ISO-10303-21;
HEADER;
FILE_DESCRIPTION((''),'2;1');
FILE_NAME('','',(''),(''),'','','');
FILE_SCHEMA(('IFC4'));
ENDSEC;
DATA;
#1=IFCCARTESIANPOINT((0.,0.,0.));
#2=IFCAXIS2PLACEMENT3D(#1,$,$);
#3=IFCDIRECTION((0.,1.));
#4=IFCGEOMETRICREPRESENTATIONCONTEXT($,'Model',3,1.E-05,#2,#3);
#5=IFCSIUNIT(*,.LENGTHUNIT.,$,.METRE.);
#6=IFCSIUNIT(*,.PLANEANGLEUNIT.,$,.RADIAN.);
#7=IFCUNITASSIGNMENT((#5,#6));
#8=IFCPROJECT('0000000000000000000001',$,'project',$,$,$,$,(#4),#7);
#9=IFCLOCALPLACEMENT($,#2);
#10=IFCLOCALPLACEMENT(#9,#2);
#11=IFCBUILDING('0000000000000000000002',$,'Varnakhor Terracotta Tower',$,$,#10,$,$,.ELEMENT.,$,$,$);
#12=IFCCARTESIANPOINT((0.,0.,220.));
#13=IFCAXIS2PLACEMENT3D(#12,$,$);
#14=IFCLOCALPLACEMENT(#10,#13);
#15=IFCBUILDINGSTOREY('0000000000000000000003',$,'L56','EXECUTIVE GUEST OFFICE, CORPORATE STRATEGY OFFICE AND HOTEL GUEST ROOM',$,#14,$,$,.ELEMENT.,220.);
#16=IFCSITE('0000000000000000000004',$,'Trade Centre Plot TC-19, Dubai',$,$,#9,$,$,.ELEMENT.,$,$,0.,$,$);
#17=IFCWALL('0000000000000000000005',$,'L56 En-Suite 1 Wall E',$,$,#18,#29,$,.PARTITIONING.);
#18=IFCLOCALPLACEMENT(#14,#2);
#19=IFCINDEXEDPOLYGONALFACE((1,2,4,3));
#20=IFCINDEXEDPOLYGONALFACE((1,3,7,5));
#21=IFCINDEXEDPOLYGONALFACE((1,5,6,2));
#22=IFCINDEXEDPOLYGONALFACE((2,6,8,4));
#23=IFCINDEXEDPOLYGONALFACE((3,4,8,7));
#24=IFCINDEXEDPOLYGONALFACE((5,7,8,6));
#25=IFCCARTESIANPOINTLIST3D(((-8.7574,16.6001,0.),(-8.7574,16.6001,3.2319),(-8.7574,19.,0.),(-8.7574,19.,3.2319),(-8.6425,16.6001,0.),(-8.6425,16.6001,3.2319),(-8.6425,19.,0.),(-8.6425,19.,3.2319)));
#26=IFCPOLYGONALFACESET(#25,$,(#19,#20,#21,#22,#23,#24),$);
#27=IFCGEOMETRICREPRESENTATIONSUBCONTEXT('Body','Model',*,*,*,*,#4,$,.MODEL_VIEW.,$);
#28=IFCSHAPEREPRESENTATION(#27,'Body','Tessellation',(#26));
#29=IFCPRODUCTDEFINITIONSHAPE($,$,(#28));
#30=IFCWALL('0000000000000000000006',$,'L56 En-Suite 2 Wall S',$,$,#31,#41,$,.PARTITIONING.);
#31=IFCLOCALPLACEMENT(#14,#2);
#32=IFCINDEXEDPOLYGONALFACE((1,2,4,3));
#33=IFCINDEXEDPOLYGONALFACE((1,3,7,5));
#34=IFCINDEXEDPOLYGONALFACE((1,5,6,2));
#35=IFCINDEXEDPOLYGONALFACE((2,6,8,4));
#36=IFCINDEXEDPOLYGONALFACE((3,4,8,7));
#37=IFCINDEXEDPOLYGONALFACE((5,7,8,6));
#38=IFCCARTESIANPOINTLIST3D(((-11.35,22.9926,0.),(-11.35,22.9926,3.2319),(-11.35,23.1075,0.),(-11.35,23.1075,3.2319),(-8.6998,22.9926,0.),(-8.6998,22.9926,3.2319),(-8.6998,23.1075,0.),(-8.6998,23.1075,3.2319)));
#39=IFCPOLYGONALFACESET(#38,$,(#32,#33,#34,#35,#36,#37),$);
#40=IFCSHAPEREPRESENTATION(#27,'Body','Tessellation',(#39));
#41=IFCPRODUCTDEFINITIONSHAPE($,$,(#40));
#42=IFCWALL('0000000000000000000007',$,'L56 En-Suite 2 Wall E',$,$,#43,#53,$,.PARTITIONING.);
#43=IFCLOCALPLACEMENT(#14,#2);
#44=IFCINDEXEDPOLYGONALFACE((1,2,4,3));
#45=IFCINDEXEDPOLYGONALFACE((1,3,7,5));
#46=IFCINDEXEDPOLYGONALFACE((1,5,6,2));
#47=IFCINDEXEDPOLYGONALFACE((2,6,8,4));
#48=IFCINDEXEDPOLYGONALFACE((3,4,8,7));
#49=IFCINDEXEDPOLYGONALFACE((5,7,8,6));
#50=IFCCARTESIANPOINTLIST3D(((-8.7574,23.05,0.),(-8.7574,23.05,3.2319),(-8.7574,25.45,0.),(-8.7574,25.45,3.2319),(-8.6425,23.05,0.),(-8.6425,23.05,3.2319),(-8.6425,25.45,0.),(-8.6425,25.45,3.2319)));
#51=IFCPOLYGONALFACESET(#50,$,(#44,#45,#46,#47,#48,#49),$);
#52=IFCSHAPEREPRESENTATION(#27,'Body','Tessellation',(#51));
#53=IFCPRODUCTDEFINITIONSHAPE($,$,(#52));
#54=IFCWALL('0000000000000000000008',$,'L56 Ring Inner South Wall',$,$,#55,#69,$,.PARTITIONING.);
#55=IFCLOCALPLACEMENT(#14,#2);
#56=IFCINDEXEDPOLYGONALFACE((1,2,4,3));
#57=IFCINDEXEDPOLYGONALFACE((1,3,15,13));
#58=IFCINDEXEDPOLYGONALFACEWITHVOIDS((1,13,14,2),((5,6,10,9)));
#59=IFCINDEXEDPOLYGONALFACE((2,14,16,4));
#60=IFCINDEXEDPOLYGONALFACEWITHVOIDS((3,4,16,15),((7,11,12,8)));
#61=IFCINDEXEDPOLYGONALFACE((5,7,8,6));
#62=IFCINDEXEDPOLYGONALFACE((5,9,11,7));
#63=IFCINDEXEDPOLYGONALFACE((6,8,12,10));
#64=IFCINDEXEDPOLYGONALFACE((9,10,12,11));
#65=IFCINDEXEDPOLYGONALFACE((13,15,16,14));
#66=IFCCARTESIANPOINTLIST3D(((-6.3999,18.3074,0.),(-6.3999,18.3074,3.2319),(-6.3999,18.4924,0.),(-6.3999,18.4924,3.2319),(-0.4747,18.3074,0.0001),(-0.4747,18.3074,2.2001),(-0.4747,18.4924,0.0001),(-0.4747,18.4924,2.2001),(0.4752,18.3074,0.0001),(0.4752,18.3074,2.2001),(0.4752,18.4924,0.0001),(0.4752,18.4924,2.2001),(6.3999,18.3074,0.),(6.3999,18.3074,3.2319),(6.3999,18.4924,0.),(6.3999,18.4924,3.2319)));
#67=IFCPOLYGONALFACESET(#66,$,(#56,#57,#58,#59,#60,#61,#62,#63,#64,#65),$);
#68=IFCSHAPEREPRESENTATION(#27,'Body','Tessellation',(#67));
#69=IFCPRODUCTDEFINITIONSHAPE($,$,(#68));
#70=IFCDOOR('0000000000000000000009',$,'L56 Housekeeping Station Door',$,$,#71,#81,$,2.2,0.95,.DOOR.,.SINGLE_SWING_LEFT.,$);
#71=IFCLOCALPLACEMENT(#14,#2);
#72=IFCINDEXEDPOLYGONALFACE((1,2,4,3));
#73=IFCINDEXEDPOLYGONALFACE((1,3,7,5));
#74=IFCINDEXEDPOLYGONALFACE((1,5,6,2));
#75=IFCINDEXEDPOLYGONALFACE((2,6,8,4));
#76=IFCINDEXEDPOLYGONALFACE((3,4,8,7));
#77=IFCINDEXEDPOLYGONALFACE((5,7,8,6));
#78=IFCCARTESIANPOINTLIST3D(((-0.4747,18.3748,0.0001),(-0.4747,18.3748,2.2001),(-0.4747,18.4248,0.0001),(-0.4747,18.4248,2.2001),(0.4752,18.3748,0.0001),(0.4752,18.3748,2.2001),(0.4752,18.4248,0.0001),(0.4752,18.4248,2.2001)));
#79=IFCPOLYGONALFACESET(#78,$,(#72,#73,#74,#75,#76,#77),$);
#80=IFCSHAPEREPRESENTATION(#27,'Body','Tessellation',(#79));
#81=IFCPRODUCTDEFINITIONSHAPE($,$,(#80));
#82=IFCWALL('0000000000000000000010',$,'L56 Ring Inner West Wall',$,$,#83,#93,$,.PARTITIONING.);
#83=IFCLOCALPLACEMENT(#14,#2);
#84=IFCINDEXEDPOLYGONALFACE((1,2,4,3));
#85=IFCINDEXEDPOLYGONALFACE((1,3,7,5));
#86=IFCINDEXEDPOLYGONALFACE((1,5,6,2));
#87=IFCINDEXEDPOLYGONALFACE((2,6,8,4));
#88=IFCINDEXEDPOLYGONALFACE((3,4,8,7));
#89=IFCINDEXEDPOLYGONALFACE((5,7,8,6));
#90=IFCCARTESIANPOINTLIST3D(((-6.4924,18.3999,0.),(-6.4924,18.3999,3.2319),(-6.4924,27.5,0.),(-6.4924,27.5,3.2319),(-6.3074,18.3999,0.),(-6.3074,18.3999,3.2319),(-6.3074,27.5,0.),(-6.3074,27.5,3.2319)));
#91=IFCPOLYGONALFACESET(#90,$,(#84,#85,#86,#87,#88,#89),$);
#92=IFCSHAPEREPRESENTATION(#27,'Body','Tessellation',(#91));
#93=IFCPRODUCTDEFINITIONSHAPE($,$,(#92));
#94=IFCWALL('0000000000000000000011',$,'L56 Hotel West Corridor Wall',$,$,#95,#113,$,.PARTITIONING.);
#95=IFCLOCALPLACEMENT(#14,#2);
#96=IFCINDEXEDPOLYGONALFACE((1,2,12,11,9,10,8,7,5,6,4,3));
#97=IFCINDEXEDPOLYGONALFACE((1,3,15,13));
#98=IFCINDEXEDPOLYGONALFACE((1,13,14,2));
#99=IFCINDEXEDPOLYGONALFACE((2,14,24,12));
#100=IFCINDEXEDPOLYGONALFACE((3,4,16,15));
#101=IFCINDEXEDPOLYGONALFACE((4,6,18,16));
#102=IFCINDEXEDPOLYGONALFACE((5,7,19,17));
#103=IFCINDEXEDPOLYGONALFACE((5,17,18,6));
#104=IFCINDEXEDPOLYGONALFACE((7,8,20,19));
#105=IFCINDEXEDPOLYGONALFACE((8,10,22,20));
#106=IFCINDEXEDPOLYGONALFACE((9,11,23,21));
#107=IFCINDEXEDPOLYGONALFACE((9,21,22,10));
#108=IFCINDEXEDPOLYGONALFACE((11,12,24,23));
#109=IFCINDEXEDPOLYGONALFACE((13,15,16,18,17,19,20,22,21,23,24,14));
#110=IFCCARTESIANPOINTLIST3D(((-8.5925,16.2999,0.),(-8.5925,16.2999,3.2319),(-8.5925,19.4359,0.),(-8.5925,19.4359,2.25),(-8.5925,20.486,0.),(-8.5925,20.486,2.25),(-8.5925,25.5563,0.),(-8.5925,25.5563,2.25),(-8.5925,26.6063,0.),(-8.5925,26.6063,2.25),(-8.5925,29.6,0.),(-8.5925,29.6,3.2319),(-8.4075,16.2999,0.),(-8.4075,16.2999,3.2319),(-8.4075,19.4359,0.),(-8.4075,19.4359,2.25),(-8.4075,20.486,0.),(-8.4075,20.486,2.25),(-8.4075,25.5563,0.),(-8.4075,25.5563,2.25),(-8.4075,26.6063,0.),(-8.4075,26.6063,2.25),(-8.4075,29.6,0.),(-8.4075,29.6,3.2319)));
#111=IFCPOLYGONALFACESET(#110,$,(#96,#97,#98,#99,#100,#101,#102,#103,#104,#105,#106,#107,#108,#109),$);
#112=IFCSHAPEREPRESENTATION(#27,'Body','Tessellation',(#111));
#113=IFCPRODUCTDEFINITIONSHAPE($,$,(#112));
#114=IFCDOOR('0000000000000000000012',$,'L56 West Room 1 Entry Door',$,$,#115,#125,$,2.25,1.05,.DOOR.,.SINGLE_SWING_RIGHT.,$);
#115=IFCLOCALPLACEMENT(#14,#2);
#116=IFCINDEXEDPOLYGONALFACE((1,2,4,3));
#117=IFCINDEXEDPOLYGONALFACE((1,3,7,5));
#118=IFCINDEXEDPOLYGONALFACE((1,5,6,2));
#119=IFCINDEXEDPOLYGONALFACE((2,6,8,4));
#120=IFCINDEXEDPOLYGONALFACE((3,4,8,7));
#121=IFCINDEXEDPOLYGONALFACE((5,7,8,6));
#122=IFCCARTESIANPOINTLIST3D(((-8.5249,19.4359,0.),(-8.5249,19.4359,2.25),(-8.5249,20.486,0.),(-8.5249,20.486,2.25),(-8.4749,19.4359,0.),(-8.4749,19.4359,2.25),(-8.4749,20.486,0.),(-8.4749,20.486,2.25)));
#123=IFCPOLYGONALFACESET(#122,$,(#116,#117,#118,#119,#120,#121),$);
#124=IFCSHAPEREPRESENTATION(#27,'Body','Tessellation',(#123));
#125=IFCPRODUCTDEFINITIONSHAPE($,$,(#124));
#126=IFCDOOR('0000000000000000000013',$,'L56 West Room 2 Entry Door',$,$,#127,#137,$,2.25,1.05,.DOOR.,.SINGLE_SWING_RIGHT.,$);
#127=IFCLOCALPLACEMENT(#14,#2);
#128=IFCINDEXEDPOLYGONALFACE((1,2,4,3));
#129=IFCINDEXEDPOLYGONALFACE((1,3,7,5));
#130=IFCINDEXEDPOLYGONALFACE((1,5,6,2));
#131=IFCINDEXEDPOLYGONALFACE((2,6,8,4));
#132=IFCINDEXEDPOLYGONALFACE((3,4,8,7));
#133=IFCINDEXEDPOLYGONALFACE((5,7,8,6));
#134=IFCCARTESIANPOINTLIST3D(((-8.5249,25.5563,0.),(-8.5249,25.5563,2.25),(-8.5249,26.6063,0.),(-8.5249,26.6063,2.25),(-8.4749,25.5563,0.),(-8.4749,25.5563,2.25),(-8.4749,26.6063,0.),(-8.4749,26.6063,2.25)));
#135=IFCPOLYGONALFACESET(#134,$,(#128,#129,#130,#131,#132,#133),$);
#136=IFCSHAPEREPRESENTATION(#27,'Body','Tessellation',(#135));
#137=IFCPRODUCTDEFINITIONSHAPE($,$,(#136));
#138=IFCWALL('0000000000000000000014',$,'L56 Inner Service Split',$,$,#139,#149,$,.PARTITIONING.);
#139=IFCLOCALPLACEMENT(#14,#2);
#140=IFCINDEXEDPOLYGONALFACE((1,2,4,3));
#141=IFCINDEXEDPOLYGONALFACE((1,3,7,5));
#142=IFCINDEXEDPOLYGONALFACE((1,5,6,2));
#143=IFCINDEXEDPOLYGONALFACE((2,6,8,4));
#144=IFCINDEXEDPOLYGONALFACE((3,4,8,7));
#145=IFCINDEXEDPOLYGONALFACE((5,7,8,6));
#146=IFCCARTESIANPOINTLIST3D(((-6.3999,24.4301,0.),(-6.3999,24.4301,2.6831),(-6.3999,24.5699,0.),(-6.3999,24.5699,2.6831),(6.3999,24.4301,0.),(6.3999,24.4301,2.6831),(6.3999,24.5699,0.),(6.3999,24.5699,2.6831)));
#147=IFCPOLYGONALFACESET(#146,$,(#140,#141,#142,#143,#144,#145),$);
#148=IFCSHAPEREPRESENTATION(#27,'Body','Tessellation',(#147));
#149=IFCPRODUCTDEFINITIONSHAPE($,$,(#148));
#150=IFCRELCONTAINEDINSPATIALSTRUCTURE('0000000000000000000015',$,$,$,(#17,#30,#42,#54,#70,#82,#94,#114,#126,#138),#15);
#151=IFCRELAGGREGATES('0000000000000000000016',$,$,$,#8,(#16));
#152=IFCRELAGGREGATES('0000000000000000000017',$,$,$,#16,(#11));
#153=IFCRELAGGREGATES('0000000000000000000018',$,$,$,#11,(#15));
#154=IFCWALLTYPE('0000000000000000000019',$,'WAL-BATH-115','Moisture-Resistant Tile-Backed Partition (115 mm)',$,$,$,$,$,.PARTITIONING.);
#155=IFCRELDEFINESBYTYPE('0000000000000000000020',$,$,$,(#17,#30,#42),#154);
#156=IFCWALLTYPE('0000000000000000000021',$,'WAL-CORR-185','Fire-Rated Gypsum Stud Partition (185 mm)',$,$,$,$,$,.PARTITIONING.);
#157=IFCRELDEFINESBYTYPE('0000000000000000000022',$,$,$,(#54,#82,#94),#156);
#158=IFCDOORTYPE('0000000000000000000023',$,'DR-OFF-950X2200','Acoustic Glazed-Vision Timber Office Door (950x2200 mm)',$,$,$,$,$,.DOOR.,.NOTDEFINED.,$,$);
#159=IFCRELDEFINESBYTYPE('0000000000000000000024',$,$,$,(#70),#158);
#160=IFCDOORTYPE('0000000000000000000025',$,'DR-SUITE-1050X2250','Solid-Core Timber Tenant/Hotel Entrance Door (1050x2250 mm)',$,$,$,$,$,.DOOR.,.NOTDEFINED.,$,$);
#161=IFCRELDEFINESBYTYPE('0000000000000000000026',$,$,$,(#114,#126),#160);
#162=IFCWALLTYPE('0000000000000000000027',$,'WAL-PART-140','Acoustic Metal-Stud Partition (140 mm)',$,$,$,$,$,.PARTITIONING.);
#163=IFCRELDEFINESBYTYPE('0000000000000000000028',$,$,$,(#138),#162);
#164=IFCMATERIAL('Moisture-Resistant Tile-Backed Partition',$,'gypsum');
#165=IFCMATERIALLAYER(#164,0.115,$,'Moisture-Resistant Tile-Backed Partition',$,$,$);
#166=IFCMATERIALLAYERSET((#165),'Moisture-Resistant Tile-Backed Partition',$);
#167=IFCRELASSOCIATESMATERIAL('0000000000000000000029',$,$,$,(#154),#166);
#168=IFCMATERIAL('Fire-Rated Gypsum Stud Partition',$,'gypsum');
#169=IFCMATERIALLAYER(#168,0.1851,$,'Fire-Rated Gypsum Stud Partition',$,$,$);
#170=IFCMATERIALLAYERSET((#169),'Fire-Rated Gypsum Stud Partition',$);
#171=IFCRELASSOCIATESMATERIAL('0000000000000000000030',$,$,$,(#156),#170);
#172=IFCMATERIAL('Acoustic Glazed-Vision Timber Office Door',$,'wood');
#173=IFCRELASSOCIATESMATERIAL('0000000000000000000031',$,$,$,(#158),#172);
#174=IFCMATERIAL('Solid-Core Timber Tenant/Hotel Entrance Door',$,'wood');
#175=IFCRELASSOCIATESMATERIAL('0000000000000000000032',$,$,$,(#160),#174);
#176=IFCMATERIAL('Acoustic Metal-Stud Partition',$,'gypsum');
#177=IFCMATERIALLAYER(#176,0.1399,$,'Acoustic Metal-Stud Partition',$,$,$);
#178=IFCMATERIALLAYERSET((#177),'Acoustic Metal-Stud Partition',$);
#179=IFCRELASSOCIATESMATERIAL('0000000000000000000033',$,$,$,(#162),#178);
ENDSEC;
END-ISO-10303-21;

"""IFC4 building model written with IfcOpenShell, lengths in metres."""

from ifc_helpers import new_model, si_unit, direction, frame, frame_2d, origin, place, context, subcontext, project, spatial, rectangle, extrude, source, transform, mapped, material, layer, layer_set, type_object, type_shapes, element, fill, save


model = new_model("IFC4")

# Units and contexts
model_context = context("Model", 3, precision=1e-05, world=origin(), true_north=direction((0.0, 1.0)))
body_context = subcontext(model_context, "Body", "Model", "MODEL_VIEW")
ifc_project = project(units=[si_unit("LENGTHUNIT", "METRE"), si_unit("PLANEANGLEUNIT", "RADIAN")], contexts=[model_context])

# Site, building, storey
site_placement = place(None, origin())
site = spatial("IfcSite", under=ifc_project, at=site_placement, Name="Trade Centre Plot TC-19, Dubai", CompositionType="ELEMENT", RefElevation=0.0)
building_placement = place(site_placement, origin())
building = spatial("IfcBuilding", under=site, at=building_placement, Name="Varnakhor Terracotta Tower", CompositionType="ELEMENT")
storey_placement = place(building_placement, frame((0.0, 0.0, 220.0)))
storey = spatial("IfcBuildingStorey", under=building, at=storey_placement, Name="L56", Description="EXECUTIVE GUEST OFFICE, CORPORATE STRATEGY OFFICE AND HOTEL GUEST ROOM", CompositionType="ELEMENT", Elevation=220.0)

# Walls
ifc_material_1 = material(Name="Moisture-Resistant Tile-Backed Partition", Category="gypsum")
ifc_layer_1 = layer(ifc_material_1, 0.115, Name="Moisture-Resistant Tile-Backed Partition")
ifc_layer_set_1 = layer_set([ifc_layer_1], Name="Moisture-Resistant Tile-Backed Partition")
wall_type_1 = type_object("IfcWallType", Name="WAL-BATH-115", Description="Moisture-Resistant Tile-Backed Partition (115 mm)", PredefinedType="PARTITIONING", material=ifc_layer_set_1)
wall_1_placement = place(storey_placement, frame((-8.7, 16.6001, 0.0), z_axis=(0.0, 0.0, 1.0), x_axis=(0.0, 1.0, 0.0)))
element("IfcWall", 1, at=wall_1_placement, inside=storey, type_object=wall_type_1, Name="L56 En-Suite 1 Wall E", PredefinedType="PARTITIONING", context=body_context, shape_type="SweptSolid", body=[
    extrude(rectangle(XDim=2.3999, YDim=0.115, at=frame_2d((1.2, 0.0))), origin(), (0.0, 0.0, 1.0), 3.2319),
])
wall_2_placement = place(storey_placement, frame((-11.3501, 23.05, 0.0), z_axis=(0.0, 0.0, 1.0), x_axis=(1.0, 0.0, 0.0)))
element("IfcWall", 2, at=wall_2_placement, inside=storey, type_object=wall_type_1, Name="L56 En-Suite 2 Wall S", PredefinedType="PARTITIONING", context=body_context, shape_type="SweptSolid", body=[
    extrude(rectangle(XDim=2.6501, YDim=0.115, at=frame_2d((1.3252, 0.0))), origin(), (0.0, 0.0, 1.0), 3.2319),
])

# Wall
wall_3_placement = place(storey_placement, frame((-8.7, 23.05, 0.0), z_axis=(0.0, 0.0, 1.0), x_axis=(0.0, 1.0, 0.0)))
element("IfcWall", 3, at=wall_3_placement, inside=storey, type_object=wall_type_1, Name="L56 En-Suite 2 Wall E", PredefinedType="PARTITIONING", context=body_context, shape_type="SweptSolid", body=[
    extrude(rectangle(XDim=2.3999, YDim=0.115, at=frame_2d((1.2, 0.0))), origin(), (0.0, 0.0, 1.0), 3.2319),
])

# Wall, opening, door
ifc_material_2 = material(Name="Fire-Rated Gypsum Stud Partition", Category="gypsum")
ifc_layer_2 = layer(ifc_material_2, 0.1851, Name="Fire-Rated Gypsum Stud Partition")
ifc_layer_set_2 = layer_set([ifc_layer_2], Name="Fire-Rated Gypsum Stud Partition")
wall_type_2 = type_object("IfcWallType", Name="WAL-CORR-185", Description="Fire-Rated Gypsum Stud Partition (185 mm)", PredefinedType="PARTITIONING", material=ifc_layer_set_2)
wall_4_placement = place(storey_placement, frame((-6.3999, 18.3999, 0.0), z_axis=(0.0, 0.0, 1.0), x_axis=(1.0, 0.0, 0.0)))
wall_4 = element("IfcWall", 4, at=wall_4_placement, inside=storey, type_object=wall_type_2, Name="L56 Ring Inner South Wall", PredefinedType="PARTITIONING", context=body_context, shape_type="SweptSolid", body=[
    extrude(rectangle(XDim=12.7998, YDim=0.1851, at=frame_2d((6.3999, 0.0))), origin(), (0.0, 0.0, 1.0), 3.2319),
])
opening_1_placement = place(wall_4_placement, frame((5.925, 0.0, 0.0)))
opening_1 = element("IfcOpeningElement", 5, at=opening_1_placement, cuts=wall_4, PredefinedType="OPENING", context=body_context, shape_type="SweptSolid", body=[
    extrude(rectangle(XDim=0.95, YDim=2.2, at=frame_2d((0.4751, 1.1001))), frame((0.0, 0.1025, 0.0), z_axis=(0.0, -1.0, 0.0), x_axis=(1.0, 0.0, 0.0)), (0.0, 0.0, 1.0), 0.2051),
])
ifc_material_3 = material(Name="Acoustic Glazed-Vision Timber Office Door", Category="wood")
door_type_1 = type_object("IfcDoorType", Name="DR-OFF-950X2200", Description="Acoustic Glazed-Vision Timber Office Door (950x2200 mm)", OperationType="NOTDEFINED", PredefinedType="DOOR", material=ifc_material_3)
shared_shape_1 = source(origin(), body_context, "Body", "SweptSolid", [
    extrude(rectangle(XDim=0.95, YDim=2.2, at=frame_2d((0.4751, 1.1001))), frame((0.0, 0.0249, 0.0), z_axis=(0.0, -1.0, 0.0), x_axis=(1.0, 0.0, 0.0)), (0.0, 0.0, 1.0), 0.05),
])
type_shapes(door_type_1, [shared_shape_1])
door_1_placement = place(opening_1_placement, origin())
door_1 = element("IfcDoor", 6, at=door_1_placement, inside=storey, type_object=door_type_1, Name="L56 Housekeeping Station Door", OperationType="SINGLE_SWING_LEFT", OverallHeight=2.2, OverallWidth=0.95, PredefinedType="DOOR", context=body_context, shape_type="MappedRepresentation", body=[
    mapped(shared_shape_1, transform((0.0, 0.0, 0.0), scale=1.0)),
])
fill(opening_1, door_1)

# Wall
wall_5_placement = place(storey_placement, frame((-6.3999, 18.3999, 0.0), z_axis=(0.0, 0.0, 1.0), x_axis=(0.0, 1.0, 0.0)))
element("IfcWall", 7, at=wall_5_placement, inside=storey, type_object=wall_type_2, Name="L56 Ring Inner West Wall", PredefinedType="PARTITIONING", context=body_context, shape_type="SweptSolid", body=[
    extrude(rectangle(XDim=9.1001, YDim=0.1851, at=frame_2d((4.55, 0.0))), origin(), (0.0, 0.0, 1.0), 3.2319),
])

# Wall, openings, doors
wall_6_placement = place(storey_placement, frame((-8.5, 16.3, 0.0), z_axis=(0.0, 0.0, 1.0), x_axis=(0.0, 1.0, 0.0)))
wall_6 = element("IfcWall", 8, at=wall_6_placement, inside=storey, type_object=wall_type_2, Name="L56 Hotel West Corridor Wall", PredefinedType="PARTITIONING", context=body_context, shape_type="SweptSolid", body=[
    extrude(rectangle(XDim=13.3, YDim=0.1851, at=frame_2d((6.6499, 0.0))), origin(), (0.0, 0.0, 1.0), 3.2319),
])
opening_2_placement = place(wall_6_placement, frame((3.136, 0.0, 0.0)))
opening_2 = element("IfcOpeningElement", 9, at=opening_2_placement, cuts=wall_6, PredefinedType="OPENING", context=body_context, shape_type="SweptSolid", body=[
    extrude(rectangle(XDim=1.05, YDim=2.25, at=frame_2d((0.5249, 1.125))), frame((0.0, 0.1025, 0.0), z_axis=(0.0, -1.0, 0.0), x_axis=(1.0, 0.0, 0.0)), (0.0, 0.0, 1.0), 0.2051),
])
opening_3_placement = place(wall_6_placement, frame((9.2563, 0.0, 0.0)))
opening_3 = element("IfcOpeningElement", 10, at=opening_3_placement, cuts=wall_6, PredefinedType="OPENING", context=body_context, shape_type="SweptSolid", body=[
    extrude(rectangle(XDim=1.05, YDim=2.25, at=frame_2d((0.5249, 1.125))), frame((0.0, 0.1025, 0.0), z_axis=(0.0, -1.0, 0.0), x_axis=(1.0, 0.0, 0.0)), (0.0, 0.0, 1.0), 0.2051),
])
ifc_material_4 = material(Name="Solid-Core Timber Tenant/Hotel Entrance Door", Category="wood")
door_type_2 = type_object("IfcDoorType", Name="DR-SUITE-1050X2250", Description="Solid-Core Timber Tenant/Hotel Entrance Door (1050x2250 mm)", OperationType="NOTDEFINED", PredefinedType="DOOR", material=ifc_material_4)
shared_shape_2 = source(origin(), body_context, "Body", "SweptSolid", [
    extrude(rectangle(XDim=1.05, YDim=2.25, at=frame_2d((0.5249, 1.125))), frame((0.0, 0.0249, 0.0), z_axis=(0.0, -1.0, 0.0), x_axis=(1.0, 0.0, 0.0)), (0.0, 0.0, 1.0), 0.05),
])
type_shapes(door_type_2, [shared_shape_2])
door_2_placement = place(opening_2_placement, origin())
door_2 = element("IfcDoor", 11, at=door_2_placement, inside=storey, type_object=door_type_2, Name="L56 West Room 1 Entry Door", OperationType="SINGLE_SWING_RIGHT", OverallHeight=2.25, OverallWidth=1.05, PredefinedType="DOOR", context=body_context, shape_type="MappedRepresentation", body=[
    mapped(shared_shape_2, transform((0.0, 0.0, 0.0), scale=1.0)),
])
fill(opening_2, door_2)
door_3_placement = place(opening_3_placement, origin())
door_3 = element("IfcDoor", 12, at=door_3_placement, inside=storey, type_object=door_type_2, Name="L56 West Room 2 Entry Door", OperationType="SINGLE_SWING_RIGHT", OverallHeight=2.25, OverallWidth=1.05, PredefinedType="DOOR", context=body_context, shape_type="MappedRepresentation", body=[
    mapped(shared_shape_2, transform((0.0, 0.0, 0.0), scale=1.0)),
])
fill(opening_3, door_3)

# Wall
ifc_material_5 = material(Name="Acoustic Metal-Stud Partition", Category="gypsum")
ifc_layer_3 = layer(ifc_material_5, 0.1399, Name="Acoustic Metal-Stud Partition")
ifc_layer_set_3 = layer_set([ifc_layer_3], Name="Acoustic Metal-Stud Partition")
wall_type_3 = type_object("IfcWallType", Name="WAL-PART-140", Description="Acoustic Metal-Stud Partition (140 mm)", PredefinedType="PARTITIONING", material=ifc_layer_set_3)
wall_7_placement = place(storey_placement, frame((-6.3999, 24.5, 0.0), z_axis=(0.0, 0.0, 1.0), x_axis=(1.0, 0.0, 0.0)))
element("IfcWall", 13, at=wall_7_placement, inside=storey, type_object=wall_type_3, Name="L56 Inner Service Split", PredefinedType="PARTITIONING", context=body_context, shape_type="SweptSolid", body=[
    extrude(rectangle(XDim=12.7998, YDim=0.1399, at=frame_2d((6.3999, 0.0))), origin(), (0.0, 0.0, 1.0), 2.6831),
])

save(model, "model.ifc")
